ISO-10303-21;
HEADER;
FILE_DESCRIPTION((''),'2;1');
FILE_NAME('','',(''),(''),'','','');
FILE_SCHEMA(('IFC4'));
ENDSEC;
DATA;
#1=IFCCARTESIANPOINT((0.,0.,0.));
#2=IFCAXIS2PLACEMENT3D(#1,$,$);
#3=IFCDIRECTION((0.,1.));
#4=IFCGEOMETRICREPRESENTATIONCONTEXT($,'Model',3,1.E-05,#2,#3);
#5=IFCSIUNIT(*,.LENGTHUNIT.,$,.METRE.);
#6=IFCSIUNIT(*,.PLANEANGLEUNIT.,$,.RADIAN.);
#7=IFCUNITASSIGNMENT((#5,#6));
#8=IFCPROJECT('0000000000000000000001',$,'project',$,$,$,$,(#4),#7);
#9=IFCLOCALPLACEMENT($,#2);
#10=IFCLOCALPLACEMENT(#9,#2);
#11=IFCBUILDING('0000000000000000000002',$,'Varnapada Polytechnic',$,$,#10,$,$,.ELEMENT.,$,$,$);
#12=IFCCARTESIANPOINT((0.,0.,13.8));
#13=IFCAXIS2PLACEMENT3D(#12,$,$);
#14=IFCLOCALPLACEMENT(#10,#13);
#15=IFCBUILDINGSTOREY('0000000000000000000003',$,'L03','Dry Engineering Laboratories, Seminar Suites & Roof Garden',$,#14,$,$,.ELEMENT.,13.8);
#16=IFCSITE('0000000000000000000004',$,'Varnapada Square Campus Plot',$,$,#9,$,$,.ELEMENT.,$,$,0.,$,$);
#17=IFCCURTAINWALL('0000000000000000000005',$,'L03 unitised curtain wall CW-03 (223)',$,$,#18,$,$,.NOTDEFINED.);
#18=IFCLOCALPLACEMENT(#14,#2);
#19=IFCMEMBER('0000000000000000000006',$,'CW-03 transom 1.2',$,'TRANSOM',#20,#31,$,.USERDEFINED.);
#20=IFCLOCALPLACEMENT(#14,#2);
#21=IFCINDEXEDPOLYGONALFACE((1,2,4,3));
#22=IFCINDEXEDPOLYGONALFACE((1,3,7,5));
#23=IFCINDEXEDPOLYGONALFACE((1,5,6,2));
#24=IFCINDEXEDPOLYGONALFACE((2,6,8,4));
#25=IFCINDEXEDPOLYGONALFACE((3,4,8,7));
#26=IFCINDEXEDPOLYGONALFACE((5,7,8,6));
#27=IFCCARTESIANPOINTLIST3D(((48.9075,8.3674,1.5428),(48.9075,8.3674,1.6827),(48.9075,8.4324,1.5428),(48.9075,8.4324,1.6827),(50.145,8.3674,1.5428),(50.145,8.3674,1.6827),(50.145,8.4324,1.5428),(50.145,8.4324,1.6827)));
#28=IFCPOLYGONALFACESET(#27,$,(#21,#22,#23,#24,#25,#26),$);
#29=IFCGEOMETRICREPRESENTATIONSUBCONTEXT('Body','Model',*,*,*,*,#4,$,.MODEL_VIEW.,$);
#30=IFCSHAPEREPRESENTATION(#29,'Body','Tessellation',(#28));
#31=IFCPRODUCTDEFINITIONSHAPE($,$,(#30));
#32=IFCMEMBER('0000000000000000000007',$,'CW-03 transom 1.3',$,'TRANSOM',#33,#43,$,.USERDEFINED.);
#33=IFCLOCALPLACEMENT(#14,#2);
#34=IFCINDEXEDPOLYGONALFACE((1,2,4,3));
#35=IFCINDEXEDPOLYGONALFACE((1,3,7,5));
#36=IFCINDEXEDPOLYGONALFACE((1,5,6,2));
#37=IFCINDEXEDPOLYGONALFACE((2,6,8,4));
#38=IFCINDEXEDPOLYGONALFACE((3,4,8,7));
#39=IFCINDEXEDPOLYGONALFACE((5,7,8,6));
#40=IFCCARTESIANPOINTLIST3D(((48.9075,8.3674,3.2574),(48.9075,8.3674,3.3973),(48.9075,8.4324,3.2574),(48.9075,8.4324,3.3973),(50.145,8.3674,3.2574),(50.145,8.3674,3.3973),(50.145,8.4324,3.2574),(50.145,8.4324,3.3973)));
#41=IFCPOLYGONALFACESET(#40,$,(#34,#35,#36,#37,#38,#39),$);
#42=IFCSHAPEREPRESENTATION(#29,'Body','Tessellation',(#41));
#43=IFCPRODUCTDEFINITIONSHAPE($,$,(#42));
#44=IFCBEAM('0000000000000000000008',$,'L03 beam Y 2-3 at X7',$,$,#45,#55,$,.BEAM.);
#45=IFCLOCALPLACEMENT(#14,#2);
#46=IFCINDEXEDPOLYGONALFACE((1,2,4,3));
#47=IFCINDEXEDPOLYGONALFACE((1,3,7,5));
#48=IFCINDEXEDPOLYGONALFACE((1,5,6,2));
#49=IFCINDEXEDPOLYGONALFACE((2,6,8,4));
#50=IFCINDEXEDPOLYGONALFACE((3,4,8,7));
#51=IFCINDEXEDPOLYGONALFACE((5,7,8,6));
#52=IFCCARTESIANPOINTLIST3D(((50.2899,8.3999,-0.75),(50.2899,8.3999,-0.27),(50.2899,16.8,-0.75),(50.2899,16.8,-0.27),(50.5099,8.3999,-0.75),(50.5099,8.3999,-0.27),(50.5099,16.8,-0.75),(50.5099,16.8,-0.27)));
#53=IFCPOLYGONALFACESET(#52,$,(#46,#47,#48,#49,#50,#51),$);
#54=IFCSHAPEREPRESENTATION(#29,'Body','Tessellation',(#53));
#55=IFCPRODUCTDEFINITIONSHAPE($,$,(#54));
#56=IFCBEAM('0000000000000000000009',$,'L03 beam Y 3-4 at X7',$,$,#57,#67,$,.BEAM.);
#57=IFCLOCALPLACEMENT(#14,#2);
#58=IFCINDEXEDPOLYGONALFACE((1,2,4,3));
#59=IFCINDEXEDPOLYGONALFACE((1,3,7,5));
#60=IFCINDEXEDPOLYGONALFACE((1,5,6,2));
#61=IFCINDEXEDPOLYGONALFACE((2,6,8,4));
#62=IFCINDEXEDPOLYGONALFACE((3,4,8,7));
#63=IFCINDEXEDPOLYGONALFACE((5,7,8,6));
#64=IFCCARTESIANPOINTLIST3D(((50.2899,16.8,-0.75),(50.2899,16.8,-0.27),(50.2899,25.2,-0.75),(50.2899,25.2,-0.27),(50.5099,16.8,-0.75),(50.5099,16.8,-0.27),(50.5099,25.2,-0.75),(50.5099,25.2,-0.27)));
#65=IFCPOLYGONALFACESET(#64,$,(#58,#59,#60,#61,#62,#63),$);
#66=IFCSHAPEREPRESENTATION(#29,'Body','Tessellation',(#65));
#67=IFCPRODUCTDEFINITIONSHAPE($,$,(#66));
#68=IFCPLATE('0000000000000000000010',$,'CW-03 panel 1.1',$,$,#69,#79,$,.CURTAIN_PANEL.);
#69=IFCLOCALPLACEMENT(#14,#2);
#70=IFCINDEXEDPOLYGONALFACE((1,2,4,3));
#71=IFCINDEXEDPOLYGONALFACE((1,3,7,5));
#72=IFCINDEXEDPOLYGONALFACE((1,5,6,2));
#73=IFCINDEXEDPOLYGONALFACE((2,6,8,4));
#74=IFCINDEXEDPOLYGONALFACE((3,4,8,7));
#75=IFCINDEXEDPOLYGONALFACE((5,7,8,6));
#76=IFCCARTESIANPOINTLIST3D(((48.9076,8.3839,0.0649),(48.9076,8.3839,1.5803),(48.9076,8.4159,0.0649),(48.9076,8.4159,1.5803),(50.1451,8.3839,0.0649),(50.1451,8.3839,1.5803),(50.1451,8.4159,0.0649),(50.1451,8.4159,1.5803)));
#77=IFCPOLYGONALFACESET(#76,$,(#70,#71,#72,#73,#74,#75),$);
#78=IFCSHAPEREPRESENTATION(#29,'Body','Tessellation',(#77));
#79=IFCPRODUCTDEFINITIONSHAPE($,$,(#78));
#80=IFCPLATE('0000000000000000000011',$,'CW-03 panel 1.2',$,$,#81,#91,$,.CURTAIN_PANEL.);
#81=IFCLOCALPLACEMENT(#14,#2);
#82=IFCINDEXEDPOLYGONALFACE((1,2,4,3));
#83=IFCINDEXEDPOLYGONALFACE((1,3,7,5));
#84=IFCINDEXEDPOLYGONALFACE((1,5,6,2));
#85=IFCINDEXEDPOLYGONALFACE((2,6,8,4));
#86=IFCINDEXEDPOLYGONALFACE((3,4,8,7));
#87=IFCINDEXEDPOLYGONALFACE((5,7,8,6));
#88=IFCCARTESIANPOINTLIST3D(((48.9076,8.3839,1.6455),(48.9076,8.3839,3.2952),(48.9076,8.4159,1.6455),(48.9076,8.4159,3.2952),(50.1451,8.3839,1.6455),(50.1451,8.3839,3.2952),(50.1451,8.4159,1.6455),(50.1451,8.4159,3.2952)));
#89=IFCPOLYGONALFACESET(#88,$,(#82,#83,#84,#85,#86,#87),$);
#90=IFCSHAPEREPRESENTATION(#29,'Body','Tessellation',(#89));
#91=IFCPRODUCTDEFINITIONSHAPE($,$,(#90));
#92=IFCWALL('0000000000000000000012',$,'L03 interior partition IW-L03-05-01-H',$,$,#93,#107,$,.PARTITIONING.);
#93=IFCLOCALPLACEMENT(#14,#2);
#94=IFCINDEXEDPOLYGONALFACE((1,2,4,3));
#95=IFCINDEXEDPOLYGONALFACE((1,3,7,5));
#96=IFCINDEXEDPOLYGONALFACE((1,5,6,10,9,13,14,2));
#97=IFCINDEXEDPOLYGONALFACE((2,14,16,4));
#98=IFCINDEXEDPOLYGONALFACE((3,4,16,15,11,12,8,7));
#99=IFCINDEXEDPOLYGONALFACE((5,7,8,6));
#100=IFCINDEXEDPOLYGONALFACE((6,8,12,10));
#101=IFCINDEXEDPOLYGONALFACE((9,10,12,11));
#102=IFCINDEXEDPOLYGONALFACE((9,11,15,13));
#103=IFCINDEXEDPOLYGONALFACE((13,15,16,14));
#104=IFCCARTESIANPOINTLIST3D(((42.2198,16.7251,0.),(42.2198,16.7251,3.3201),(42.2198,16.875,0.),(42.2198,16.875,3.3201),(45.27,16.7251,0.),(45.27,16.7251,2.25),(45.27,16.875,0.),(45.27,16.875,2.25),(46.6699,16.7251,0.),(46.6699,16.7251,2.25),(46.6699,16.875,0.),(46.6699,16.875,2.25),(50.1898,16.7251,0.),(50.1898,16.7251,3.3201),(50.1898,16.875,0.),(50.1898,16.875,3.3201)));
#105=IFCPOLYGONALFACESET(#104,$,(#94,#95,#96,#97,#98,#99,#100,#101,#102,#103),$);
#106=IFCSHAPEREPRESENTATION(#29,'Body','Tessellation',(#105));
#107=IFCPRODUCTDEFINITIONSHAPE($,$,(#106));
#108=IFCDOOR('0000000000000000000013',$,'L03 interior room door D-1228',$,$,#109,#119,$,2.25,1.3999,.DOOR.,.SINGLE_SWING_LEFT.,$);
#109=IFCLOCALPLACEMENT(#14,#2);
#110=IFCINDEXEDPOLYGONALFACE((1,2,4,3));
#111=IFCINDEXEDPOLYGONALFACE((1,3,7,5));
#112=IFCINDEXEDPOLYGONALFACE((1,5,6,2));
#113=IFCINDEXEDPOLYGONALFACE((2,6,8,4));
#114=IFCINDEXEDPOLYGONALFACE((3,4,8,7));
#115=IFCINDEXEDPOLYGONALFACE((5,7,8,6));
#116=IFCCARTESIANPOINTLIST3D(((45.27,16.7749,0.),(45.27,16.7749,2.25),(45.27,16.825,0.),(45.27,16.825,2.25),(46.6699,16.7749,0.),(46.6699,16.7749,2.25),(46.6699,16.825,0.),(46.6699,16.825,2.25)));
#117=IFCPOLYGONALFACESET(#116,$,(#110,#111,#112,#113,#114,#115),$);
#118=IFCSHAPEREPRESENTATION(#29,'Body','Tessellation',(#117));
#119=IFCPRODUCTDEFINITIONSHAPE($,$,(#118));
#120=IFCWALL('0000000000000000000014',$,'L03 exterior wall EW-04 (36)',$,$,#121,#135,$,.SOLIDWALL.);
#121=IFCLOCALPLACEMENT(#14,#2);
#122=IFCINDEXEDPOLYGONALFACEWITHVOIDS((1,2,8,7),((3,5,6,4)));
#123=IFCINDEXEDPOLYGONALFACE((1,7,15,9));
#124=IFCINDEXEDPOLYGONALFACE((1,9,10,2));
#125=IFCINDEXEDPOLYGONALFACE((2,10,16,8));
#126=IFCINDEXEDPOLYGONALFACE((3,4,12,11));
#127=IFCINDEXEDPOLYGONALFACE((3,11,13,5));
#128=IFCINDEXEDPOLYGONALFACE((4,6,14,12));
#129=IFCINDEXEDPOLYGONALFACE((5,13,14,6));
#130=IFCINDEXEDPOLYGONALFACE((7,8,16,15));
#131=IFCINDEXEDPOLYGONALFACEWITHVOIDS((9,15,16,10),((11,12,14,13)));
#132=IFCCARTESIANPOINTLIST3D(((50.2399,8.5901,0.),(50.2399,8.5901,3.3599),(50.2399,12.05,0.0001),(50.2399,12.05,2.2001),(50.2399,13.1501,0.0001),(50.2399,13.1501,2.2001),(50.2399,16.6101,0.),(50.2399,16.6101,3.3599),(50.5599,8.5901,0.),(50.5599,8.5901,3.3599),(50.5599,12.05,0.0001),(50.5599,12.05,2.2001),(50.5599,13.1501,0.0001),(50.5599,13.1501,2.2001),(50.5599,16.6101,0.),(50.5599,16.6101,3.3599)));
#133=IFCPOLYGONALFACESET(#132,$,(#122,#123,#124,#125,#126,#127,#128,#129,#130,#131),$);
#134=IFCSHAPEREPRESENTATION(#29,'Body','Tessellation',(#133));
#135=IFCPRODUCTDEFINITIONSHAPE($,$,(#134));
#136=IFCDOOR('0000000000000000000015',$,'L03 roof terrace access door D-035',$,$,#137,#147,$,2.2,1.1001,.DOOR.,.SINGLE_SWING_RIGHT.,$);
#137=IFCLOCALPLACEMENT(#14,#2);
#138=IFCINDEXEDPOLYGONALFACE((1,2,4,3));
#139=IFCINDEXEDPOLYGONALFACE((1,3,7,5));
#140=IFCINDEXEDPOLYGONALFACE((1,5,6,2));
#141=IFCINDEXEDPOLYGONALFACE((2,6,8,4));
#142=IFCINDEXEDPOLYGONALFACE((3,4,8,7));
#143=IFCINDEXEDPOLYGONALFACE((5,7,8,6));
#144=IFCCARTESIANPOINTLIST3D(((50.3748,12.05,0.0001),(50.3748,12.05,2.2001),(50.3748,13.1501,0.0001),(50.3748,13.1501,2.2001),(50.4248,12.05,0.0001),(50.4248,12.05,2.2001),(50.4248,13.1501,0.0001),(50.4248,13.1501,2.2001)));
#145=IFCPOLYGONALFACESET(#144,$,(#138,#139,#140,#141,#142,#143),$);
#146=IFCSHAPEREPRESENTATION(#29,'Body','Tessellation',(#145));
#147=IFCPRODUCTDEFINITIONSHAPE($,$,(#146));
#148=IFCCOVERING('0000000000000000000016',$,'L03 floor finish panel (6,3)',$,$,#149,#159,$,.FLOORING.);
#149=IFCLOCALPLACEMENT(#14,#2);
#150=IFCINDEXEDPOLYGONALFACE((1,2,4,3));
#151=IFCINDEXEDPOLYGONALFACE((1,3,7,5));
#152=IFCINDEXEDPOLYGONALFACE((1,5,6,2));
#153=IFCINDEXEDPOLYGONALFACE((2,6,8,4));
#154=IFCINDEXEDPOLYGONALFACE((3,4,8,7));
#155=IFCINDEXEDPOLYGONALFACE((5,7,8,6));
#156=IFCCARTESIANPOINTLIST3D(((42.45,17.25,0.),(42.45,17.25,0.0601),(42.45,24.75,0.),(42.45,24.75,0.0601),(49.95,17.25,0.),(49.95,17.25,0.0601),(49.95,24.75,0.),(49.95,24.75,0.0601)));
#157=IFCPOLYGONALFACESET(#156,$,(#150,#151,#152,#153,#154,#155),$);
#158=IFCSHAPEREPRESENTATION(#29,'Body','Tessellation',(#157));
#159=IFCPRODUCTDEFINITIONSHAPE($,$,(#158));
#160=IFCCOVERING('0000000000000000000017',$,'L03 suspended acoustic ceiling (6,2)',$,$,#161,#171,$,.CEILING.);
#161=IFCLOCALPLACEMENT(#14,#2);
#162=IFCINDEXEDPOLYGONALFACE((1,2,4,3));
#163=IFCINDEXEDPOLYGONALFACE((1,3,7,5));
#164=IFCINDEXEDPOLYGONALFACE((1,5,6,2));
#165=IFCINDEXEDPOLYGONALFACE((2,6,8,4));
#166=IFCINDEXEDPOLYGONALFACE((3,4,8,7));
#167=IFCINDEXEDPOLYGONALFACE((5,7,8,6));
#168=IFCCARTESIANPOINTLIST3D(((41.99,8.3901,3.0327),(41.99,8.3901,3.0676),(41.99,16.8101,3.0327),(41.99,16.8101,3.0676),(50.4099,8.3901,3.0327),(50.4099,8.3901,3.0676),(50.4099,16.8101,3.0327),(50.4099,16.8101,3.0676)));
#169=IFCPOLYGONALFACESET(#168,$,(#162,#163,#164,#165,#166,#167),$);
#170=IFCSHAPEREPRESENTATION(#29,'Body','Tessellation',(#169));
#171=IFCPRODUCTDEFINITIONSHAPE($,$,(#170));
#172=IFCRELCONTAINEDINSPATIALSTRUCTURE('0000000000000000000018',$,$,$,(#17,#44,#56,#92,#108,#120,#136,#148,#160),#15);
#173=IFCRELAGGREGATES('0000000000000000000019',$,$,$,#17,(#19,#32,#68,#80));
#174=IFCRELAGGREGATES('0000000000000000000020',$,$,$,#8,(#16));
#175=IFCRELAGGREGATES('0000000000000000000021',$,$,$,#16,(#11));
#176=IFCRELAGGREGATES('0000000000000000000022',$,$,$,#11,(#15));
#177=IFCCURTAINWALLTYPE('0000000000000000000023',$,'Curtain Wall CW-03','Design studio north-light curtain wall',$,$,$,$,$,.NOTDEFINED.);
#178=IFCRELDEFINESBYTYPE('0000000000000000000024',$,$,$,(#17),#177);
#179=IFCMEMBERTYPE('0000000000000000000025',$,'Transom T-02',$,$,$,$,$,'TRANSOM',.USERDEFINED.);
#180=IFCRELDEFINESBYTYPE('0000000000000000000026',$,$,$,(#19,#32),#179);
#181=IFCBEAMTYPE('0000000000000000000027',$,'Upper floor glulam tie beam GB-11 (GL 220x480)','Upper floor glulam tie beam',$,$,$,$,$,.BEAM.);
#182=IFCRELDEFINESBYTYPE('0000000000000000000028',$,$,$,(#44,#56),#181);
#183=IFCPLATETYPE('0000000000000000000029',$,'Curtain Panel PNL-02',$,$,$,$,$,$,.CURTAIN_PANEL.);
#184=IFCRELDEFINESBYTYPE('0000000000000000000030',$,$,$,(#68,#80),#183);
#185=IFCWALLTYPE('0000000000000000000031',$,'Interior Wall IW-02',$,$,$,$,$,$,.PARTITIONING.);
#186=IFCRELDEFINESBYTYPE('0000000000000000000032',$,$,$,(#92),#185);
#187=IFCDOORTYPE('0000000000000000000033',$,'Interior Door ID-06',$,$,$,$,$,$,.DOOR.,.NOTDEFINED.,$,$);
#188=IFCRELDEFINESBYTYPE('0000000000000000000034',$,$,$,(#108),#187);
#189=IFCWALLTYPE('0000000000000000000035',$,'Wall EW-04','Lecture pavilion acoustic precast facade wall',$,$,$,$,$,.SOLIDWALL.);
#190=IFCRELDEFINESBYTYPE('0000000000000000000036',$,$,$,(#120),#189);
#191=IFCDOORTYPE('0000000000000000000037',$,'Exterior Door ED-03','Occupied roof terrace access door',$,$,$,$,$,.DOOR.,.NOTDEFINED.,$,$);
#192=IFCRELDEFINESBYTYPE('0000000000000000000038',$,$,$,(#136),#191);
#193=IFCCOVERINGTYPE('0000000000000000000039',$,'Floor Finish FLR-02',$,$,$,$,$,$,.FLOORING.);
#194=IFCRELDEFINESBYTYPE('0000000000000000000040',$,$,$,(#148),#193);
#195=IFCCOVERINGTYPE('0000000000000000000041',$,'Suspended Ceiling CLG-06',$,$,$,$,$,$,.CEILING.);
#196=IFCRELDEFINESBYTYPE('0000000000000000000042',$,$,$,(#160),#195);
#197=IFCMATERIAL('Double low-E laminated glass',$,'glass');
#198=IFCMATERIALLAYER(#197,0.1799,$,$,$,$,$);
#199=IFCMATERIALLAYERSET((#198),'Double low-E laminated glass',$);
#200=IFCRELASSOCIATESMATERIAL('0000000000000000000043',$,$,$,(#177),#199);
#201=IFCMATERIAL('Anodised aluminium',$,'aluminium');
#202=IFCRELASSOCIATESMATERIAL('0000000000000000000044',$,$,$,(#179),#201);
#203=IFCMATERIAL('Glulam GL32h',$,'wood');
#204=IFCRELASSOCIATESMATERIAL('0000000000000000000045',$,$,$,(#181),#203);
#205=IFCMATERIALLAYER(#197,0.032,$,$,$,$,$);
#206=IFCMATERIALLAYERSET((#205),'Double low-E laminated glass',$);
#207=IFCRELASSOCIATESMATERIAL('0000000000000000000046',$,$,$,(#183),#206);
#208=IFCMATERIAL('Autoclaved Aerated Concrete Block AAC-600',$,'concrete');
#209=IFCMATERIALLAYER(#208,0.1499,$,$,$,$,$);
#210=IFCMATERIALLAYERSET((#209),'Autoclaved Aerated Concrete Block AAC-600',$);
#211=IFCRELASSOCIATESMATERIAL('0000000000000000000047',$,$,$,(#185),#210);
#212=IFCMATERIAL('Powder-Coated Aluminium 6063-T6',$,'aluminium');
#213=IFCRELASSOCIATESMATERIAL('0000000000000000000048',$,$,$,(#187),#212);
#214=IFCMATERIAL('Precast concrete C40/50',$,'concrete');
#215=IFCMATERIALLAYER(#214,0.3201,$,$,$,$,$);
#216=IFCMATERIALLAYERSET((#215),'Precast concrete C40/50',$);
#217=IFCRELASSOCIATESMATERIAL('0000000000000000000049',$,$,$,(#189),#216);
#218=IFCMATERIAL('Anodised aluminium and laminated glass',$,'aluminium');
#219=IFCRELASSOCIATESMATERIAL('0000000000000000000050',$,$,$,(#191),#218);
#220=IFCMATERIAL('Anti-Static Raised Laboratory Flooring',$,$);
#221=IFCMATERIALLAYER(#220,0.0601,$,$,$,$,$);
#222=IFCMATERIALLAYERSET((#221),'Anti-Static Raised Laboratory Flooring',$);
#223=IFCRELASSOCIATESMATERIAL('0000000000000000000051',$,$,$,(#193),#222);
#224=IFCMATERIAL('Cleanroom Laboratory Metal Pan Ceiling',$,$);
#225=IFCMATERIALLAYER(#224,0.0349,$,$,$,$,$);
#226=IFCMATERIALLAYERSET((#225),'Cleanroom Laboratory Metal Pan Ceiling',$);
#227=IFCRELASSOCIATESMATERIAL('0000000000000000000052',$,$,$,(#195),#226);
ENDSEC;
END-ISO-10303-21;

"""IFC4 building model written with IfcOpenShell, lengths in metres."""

from ifc_helpers import new_model, si_unit, direction, frame, frame_2d, origin, origin_2d, place, context, subcontext, project, spatial, rectangle, extrude, material, layer, layer_set, material_profile, profile_set, type_object, element, fill, aggregate, save


model = new_model("IFC4")

# Units and contexts
model_context = context("Model", 3, precision=1e-05, world=origin(), true_north=direction((0.0, 1.0)))
body_context = subcontext(model_context, "Body", "Model", "MODEL_VIEW")
ifc_project = project(units=[si_unit("LENGTHUNIT", "METRE"), si_unit("PLANEANGLEUNIT", "RADIAN")], contexts=[model_context])

# Site, building, storey
site_placement = place(None, origin())
site = spatial("IfcSite", under=ifc_project, at=site_placement, Name="Varnapada Square Campus Plot", CompositionType="ELEMENT", RefElevation=0.0)
building_placement = place(site_placement, origin())
building = spatial("IfcBuilding", under=site, at=building_placement, Name="Varnapada Polytechnic", CompositionType="ELEMENT")
storey_placement = place(building_placement, frame((0.0, 0.0, 13.8)))
storey = spatial("IfcBuildingStorey", under=building, at=storey_placement, Name="L03", Description="Dry Engineering Laboratories, Seminar Suites & Roof Garden", CompositionType="ELEMENT", Elevation=13.8)

# Shared definitions
ifc_material_1 = material(Name="Glulam GL32h", Category="wood")

# Curtain wall
ifc_material_2 = material(Name="Double low-E laminated glass", Category="glass")
ifc_layer_1 = layer(ifc_material_2, 0.1799)
ifc_layer_set_1 = layer_set([ifc_layer_1], Name="Double low-E laminated glass")
curtain_wall_type = type_object("IfcCurtainWallType", Name="Curtain Wall CW-03", Description="Design studio north-light curtain wall", PredefinedType="NOTDEFINED", material=ifc_layer_set_1)
curtain_wall_placement = place(storey_placement, origin())
curtain_wall = element("IfcCurtainWall", 1, at=curtain_wall_placement, inside=storey, type_object=curtain_wall_type, Name="L03 unitised curtain wall CW-03 (223)", PredefinedType="NOTDEFINED")
ifc_material_3 = material(Name="Anodised aluminium", Category="aluminium")

# Members
ifc_material_profile_1 = material_profile(ifc_material_3, rectangle(XDim=0.0649, YDim=0.1399, at=origin_2d()), Name="ALU T65x140")
ifc_profile_set_1 = profile_set([ifc_material_profile_1], Name="Anodised aluminium")
member_type_1 = type_object("IfcMemberType", Name="Transom T-02", ElementType="TRANSOM", PredefinedType="USERDEFINED", material=ifc_profile_set_1)
member_1_placement = place(storey_placement, frame((50.145, 8.3999, 1.6128), z_axis=(-1.0, 0.0, 0.0), x_axis=(0.0, -1.0, 0.0)))
member_1 = element("IfcMember", 2, at=member_1_placement, type_object=member_type_1, Name="CW-03 transom 1.2", ObjectType="TRANSOM", PredefinedType="USERDEFINED", context=body_context, shape_type="SweptSolid", body=[
    extrude(rectangle(XDim=0.0649, YDim=0.1399, at=origin_2d()), origin(), (0.0, 0.0, 1.0), 1.2375),
])
member_2_placement = place(storey_placement, frame((50.145, 8.3999, 3.3274), z_axis=(-1.0, 0.0, 0.0), x_axis=(0.0, -1.0, 0.0)))
member_2 = element("IfcMember", 3, at=member_2_placement, type_object=member_type_1, Name="CW-03 transom 1.3", ObjectType="TRANSOM", PredefinedType="USERDEFINED", context=body_context, shape_type="SweptSolid", body=[
    extrude(rectangle(XDim=0.0649, YDim=0.1399, at=origin_2d()), origin(), (0.0, 0.0, 1.0), 1.2375),
])

# Beams
ifc_material_profile_2 = material_profile(ifc_material_1, rectangle(XDim=0.22, YDim=0.48, at=origin_2d()), Name="GL 220x480")
ifc_profile_set_2 = profile_set([ifc_material_profile_2], Name="Glulam GL32h")
beam_type_1 = type_object("IfcBeamType", Name="Upper floor glulam tie beam GB-11 (GL 220x480)", Description="Upper floor glulam tie beam", PredefinedType="BEAM", material=ifc_profile_set_2)
beam_1_placement = place(storey_placement, frame((50.3999, 8.3999, -0.51), z_axis=(0.0, 1.0, 0.0), x_axis=(-1.0, 0.0, 0.0)))
element("IfcBeam", 4, at=beam_1_placement, inside=storey, type_object=beam_type_1, Name="L03 beam Y 2-3 at X7", PredefinedType="BEAM", context=body_context, shape_type="SweptSolid", body=[
    extrude(rectangle(XDim=0.22, YDim=0.48, at=origin_2d()), origin(), (0.0, 0.0, 1.0), 8.4001),
])
beam_2_placement = place(storey_placement, frame((50.3999, 16.8, -0.51), z_axis=(0.0, 1.0, 0.0), x_axis=(-1.0, 0.0, 0.0)))
element("IfcBeam", 5, at=beam_2_placement, inside=storey, type_object=beam_type_1, Name="L03 beam Y 3-4 at X7", PredefinedType="BEAM", context=body_context, shape_type="SweptSolid", body=[
    extrude(rectangle(XDim=0.22, YDim=0.48, at=origin_2d()), origin(), (0.0, 0.0, 1.0), 8.3999),
])

# Plates
ifc_layer_2 = layer(ifc_material_2, 0.032)
ifc_layer_set_2 = layer_set([ifc_layer_2], Name="Double low-E laminated glass")
plate_type = type_object("IfcPlateType", Name="Curtain Panel PNL-02", PredefinedType="CURTAIN_PANEL", material=ifc_layer_set_2)
plate_1_placement = place(storey_placement, frame((49.5264, 8.3999, 0.0649), z_axis=(0.0, 0.0, 1.0), x_axis=(-1.0, 0.0, 0.0)))
plate_1 = element("IfcPlate", 6, at=plate_1_placement, type_object=plate_type, Name="CW-03 panel 1.1", PredefinedType="CURTAIN_PANEL", context=body_context, shape_type="SweptSolid", body=[
    extrude(rectangle(XDim=1.2375, YDim=0.032, at=origin_2d()), origin(), (0.0, 0.0, 1.0), 1.5154),
])
plate_2_placement = place(storey_placement, frame((49.5264, 8.3999, 1.6455), z_axis=(0.0, 0.0, 1.0), x_axis=(-1.0, 0.0, 0.0)))
plate_2 = element("IfcPlate", 7, at=plate_2_placement, type_object=plate_type, Name="CW-03 panel 1.2", PredefinedType="CURTAIN_PANEL", context=body_context, shape_type="SweptSolid", body=[
    extrude(rectangle(XDim=1.2375, YDim=0.032, at=origin_2d()), origin(), (0.0, 0.0, 1.0), 1.6497),
])
aggregate(curtain_wall, [member_1, member_2, plate_1, plate_2])

# Walls, openings, doors
ifc_material_4 = material(Name="Autoclaved Aerated Concrete Block AAC-600", Category="concrete")
ifc_layer_3 = layer(ifc_material_4, 0.1499)
ifc_layer_set_3 = layer_set([ifc_layer_3], Name="Autoclaved Aerated Concrete Block AAC-600")
wall_type_1 = type_object("IfcWallType", Name="Interior Wall IW-02", PredefinedType="PARTITIONING", material=ifc_layer_set_3)
wall_1_placement = place(storey_placement, frame((42.22, 16.8, 0.0), z_axis=(0.0, 0.0, 1.0), x_axis=(1.0, 0.0, 0.0)))
wall_1 = element("IfcWall", 8, at=wall_1_placement, inside=storey, type_object=wall_type_1, Name="L03 interior partition IW-L03-05-01-H", PredefinedType="PARTITIONING", context=body_context, shape_type="SweptSolid", body=[
    extrude(rectangle(XDim=7.97, YDim=0.1499, at=frame_2d((3.9849, 0.0))), origin(), (0.0, 0.0, 1.0), 3.3201),
])
opening_1_placement = place(wall_1_placement, frame((3.05, 0.0, 0.0)))
opening_1 = element("IfcOpeningElement", 9, at=opening_1_placement, cuts=wall_1, PredefinedType="OPENING", context=body_context, shape_type="SweptSolid", body=[
    extrude(rectangle(XDim=1.3999, YDim=2.25, at=frame_2d((0.7, 1.125))), frame((0.0, 0.085, 0.0), z_axis=(0.0, -1.0, 0.0), x_axis=(1.0, 0.0, 0.0)), (0.0, 0.0, 1.0), 0.1699),
])
ifc_material_5 = material(Name="Powder-Coated Aluminium 6063-T6", Category="aluminium")
door_type_1 = type_object("IfcDoorType", Name="Interior Door ID-06", OperationType="NOTDEFINED", PredefinedType="DOOR", material=ifc_material_5)
door_1_placement = place(opening_1_placement, origin())
door_1 = element("IfcDoor", 10, at=door_1_placement, inside=storey, type_object=door_type_1, Name="L03 interior room door D-1228", OperationType="SINGLE_SWING_LEFT", OverallHeight=2.25, OverallWidth=1.3999, PredefinedType="DOOR", context=body_context, shape_type="SweptSolid", body=[
    extrude(rectangle(XDim=1.3999, YDim=2.25, at=frame_2d((0.7, 1.125))), frame((0.0, 0.0249, 0.0), z_axis=(0.0, -1.0, 0.0), x_axis=(1.0, 0.0, 0.0)), (0.0, 0.0, 1.0), 0.05),
])
fill(opening_1, door_1)
ifc_material_6 = material(Name="Precast concrete C40/50", Category="concrete")
ifc_layer_4 = layer(ifc_material_6, 0.3201)
ifc_layer_set_4 = layer_set([ifc_layer_4], Name="Precast concrete C40/50")
wall_type_2 = type_object("IfcWallType", Name="Wall EW-04", Description="Lecture pavilion acoustic precast facade wall", PredefinedType="SOLIDWALL", material=ifc_layer_set_4)
wall_2_placement = place(storey_placement, frame((50.3999, 16.6101, 0.0), z_axis=(0.0, 0.0, 1.0), x_axis=(0.0, -1.0, 0.0)))
wall_2 = element("IfcWall", 11, at=wall_2_placement, inside=storey, type_object=wall_type_2, Name="L03 exterior wall EW-04 (36)", PredefinedType="SOLIDWALL", context=body_context, shape_type="SweptSolid", body=[
    extrude(rectangle(XDim=8.02, YDim=0.3201, at=frame_2d((4.01, 0.0))), origin(), (0.0, 0.0, 1.0), 3.3599),
])
opening_2_placement = place(wall_2_placement, frame((3.46, 0.0, 0.0)))
opening_2 = element("IfcOpeningElement", 12, at=opening_2_placement, cuts=wall_2, PredefinedType="OPENING", context=body_context, shape_type="SweptSolid", body=[
    extrude(rectangle(XDim=1.1001, YDim=2.2, at=frame_2d((0.55, 1.1001))), frame((0.0, 0.1699, 0.0), z_axis=(0.0, -1.0, 0.0), x_axis=(1.0, 0.0, 0.0)), (0.0, 0.0, 1.0), 0.3401),
])
ifc_material_7 = material(Name="Anodised aluminium and laminated glass", Category="aluminium")
door_type_2 = type_object("IfcDoorType", Name="Exterior Door ED-03", Description="Occupied roof terrace access door", OperationType="NOTDEFINED", PredefinedType="DOOR", material=ifc_material_7)
door_2_placement = place(opening_2_placement, origin())
door_2 = element("IfcDoor", 13, at=door_2_placement, inside=storey, type_object=door_type_2, Name="L03 roof terrace access door D-035", OperationType="SINGLE_SWING_RIGHT", OverallHeight=2.2, OverallWidth=1.1001, PredefinedType="DOOR", context=body_context, shape_type="SweptSolid", body=[
    extrude(rectangle(XDim=1.1001, YDim=2.2, at=frame_2d((0.55, 1.1001))), frame((0.0, 0.0249, 0.0), z_axis=(0.0, -1.0, 0.0), x_axis=(1.0, 0.0, 0.0)), (0.0, 0.0, 1.0), 0.05),
])
fill(opening_2, door_2)

# Coverings
ifc_material_8 = material(Name="Anti-Static Raised Laboratory Flooring")
ifc_layer_5 = layer(ifc_material_8, 0.0601)
ifc_layer_set_5 = layer_set([ifc_layer_5], Name="Anti-Static Raised Laboratory Flooring")
covering_type_1 = type_object("IfcCoveringType", Name="Floor Finish FLR-02", PredefinedType="FLOORING", material=ifc_layer_set_5)
covering_1_placement = place(storey_placement, frame((46.2, 21.0, 0.0), z_axis=(0.0, 0.0, 1.0), x_axis=(1.0, 0.0, 0.0)))
element("IfcCovering", 14, at=covering_1_placement, inside=storey, type_object=covering_type_1, Name="L03 floor finish panel (6,3)", PredefinedType="FLOORING", context=body_context, shape_type="SweptSolid", body=[
    extrude(rectangle(XDim=7.5, YDim=7.5, at=origin_2d()), origin(), (0.0, 0.0, 1.0), 0.0601),
])
ifc_material_9 = material(Name="Cleanroom Laboratory Metal Pan Ceiling")
ifc_layer_6 = layer(ifc_material_9, 0.0349)
ifc_layer_set_6 = layer_set([ifc_layer_6], Name="Cleanroom Laboratory Metal Pan Ceiling")
covering_type_2 = type_object("IfcCoveringType", Name="Suspended Ceiling CLG-06", PredefinedType="CEILING", material=ifc_layer_set_6)
covering_2_placement = place(storey_placement, frame((46.2, 12.6001, 3.0327), z_axis=(0.0, 0.0, 1.0), x_axis=(1.0, 0.0, 0.0)))
element("IfcCovering", 15, at=covering_2_placement, inside=storey, type_object=covering_type_2, Name="L03 suspended acoustic ceiling (6,2)", PredefinedType="CEILING", context=body_context, shape_type="SweptSolid", body=[
    extrude(rectangle(XDim=8.4199, YDim=8.4199, at=origin_2d()), origin(), (0.0, 0.0, 1.0), 0.0349),
])

save(model, "model.ifc")
